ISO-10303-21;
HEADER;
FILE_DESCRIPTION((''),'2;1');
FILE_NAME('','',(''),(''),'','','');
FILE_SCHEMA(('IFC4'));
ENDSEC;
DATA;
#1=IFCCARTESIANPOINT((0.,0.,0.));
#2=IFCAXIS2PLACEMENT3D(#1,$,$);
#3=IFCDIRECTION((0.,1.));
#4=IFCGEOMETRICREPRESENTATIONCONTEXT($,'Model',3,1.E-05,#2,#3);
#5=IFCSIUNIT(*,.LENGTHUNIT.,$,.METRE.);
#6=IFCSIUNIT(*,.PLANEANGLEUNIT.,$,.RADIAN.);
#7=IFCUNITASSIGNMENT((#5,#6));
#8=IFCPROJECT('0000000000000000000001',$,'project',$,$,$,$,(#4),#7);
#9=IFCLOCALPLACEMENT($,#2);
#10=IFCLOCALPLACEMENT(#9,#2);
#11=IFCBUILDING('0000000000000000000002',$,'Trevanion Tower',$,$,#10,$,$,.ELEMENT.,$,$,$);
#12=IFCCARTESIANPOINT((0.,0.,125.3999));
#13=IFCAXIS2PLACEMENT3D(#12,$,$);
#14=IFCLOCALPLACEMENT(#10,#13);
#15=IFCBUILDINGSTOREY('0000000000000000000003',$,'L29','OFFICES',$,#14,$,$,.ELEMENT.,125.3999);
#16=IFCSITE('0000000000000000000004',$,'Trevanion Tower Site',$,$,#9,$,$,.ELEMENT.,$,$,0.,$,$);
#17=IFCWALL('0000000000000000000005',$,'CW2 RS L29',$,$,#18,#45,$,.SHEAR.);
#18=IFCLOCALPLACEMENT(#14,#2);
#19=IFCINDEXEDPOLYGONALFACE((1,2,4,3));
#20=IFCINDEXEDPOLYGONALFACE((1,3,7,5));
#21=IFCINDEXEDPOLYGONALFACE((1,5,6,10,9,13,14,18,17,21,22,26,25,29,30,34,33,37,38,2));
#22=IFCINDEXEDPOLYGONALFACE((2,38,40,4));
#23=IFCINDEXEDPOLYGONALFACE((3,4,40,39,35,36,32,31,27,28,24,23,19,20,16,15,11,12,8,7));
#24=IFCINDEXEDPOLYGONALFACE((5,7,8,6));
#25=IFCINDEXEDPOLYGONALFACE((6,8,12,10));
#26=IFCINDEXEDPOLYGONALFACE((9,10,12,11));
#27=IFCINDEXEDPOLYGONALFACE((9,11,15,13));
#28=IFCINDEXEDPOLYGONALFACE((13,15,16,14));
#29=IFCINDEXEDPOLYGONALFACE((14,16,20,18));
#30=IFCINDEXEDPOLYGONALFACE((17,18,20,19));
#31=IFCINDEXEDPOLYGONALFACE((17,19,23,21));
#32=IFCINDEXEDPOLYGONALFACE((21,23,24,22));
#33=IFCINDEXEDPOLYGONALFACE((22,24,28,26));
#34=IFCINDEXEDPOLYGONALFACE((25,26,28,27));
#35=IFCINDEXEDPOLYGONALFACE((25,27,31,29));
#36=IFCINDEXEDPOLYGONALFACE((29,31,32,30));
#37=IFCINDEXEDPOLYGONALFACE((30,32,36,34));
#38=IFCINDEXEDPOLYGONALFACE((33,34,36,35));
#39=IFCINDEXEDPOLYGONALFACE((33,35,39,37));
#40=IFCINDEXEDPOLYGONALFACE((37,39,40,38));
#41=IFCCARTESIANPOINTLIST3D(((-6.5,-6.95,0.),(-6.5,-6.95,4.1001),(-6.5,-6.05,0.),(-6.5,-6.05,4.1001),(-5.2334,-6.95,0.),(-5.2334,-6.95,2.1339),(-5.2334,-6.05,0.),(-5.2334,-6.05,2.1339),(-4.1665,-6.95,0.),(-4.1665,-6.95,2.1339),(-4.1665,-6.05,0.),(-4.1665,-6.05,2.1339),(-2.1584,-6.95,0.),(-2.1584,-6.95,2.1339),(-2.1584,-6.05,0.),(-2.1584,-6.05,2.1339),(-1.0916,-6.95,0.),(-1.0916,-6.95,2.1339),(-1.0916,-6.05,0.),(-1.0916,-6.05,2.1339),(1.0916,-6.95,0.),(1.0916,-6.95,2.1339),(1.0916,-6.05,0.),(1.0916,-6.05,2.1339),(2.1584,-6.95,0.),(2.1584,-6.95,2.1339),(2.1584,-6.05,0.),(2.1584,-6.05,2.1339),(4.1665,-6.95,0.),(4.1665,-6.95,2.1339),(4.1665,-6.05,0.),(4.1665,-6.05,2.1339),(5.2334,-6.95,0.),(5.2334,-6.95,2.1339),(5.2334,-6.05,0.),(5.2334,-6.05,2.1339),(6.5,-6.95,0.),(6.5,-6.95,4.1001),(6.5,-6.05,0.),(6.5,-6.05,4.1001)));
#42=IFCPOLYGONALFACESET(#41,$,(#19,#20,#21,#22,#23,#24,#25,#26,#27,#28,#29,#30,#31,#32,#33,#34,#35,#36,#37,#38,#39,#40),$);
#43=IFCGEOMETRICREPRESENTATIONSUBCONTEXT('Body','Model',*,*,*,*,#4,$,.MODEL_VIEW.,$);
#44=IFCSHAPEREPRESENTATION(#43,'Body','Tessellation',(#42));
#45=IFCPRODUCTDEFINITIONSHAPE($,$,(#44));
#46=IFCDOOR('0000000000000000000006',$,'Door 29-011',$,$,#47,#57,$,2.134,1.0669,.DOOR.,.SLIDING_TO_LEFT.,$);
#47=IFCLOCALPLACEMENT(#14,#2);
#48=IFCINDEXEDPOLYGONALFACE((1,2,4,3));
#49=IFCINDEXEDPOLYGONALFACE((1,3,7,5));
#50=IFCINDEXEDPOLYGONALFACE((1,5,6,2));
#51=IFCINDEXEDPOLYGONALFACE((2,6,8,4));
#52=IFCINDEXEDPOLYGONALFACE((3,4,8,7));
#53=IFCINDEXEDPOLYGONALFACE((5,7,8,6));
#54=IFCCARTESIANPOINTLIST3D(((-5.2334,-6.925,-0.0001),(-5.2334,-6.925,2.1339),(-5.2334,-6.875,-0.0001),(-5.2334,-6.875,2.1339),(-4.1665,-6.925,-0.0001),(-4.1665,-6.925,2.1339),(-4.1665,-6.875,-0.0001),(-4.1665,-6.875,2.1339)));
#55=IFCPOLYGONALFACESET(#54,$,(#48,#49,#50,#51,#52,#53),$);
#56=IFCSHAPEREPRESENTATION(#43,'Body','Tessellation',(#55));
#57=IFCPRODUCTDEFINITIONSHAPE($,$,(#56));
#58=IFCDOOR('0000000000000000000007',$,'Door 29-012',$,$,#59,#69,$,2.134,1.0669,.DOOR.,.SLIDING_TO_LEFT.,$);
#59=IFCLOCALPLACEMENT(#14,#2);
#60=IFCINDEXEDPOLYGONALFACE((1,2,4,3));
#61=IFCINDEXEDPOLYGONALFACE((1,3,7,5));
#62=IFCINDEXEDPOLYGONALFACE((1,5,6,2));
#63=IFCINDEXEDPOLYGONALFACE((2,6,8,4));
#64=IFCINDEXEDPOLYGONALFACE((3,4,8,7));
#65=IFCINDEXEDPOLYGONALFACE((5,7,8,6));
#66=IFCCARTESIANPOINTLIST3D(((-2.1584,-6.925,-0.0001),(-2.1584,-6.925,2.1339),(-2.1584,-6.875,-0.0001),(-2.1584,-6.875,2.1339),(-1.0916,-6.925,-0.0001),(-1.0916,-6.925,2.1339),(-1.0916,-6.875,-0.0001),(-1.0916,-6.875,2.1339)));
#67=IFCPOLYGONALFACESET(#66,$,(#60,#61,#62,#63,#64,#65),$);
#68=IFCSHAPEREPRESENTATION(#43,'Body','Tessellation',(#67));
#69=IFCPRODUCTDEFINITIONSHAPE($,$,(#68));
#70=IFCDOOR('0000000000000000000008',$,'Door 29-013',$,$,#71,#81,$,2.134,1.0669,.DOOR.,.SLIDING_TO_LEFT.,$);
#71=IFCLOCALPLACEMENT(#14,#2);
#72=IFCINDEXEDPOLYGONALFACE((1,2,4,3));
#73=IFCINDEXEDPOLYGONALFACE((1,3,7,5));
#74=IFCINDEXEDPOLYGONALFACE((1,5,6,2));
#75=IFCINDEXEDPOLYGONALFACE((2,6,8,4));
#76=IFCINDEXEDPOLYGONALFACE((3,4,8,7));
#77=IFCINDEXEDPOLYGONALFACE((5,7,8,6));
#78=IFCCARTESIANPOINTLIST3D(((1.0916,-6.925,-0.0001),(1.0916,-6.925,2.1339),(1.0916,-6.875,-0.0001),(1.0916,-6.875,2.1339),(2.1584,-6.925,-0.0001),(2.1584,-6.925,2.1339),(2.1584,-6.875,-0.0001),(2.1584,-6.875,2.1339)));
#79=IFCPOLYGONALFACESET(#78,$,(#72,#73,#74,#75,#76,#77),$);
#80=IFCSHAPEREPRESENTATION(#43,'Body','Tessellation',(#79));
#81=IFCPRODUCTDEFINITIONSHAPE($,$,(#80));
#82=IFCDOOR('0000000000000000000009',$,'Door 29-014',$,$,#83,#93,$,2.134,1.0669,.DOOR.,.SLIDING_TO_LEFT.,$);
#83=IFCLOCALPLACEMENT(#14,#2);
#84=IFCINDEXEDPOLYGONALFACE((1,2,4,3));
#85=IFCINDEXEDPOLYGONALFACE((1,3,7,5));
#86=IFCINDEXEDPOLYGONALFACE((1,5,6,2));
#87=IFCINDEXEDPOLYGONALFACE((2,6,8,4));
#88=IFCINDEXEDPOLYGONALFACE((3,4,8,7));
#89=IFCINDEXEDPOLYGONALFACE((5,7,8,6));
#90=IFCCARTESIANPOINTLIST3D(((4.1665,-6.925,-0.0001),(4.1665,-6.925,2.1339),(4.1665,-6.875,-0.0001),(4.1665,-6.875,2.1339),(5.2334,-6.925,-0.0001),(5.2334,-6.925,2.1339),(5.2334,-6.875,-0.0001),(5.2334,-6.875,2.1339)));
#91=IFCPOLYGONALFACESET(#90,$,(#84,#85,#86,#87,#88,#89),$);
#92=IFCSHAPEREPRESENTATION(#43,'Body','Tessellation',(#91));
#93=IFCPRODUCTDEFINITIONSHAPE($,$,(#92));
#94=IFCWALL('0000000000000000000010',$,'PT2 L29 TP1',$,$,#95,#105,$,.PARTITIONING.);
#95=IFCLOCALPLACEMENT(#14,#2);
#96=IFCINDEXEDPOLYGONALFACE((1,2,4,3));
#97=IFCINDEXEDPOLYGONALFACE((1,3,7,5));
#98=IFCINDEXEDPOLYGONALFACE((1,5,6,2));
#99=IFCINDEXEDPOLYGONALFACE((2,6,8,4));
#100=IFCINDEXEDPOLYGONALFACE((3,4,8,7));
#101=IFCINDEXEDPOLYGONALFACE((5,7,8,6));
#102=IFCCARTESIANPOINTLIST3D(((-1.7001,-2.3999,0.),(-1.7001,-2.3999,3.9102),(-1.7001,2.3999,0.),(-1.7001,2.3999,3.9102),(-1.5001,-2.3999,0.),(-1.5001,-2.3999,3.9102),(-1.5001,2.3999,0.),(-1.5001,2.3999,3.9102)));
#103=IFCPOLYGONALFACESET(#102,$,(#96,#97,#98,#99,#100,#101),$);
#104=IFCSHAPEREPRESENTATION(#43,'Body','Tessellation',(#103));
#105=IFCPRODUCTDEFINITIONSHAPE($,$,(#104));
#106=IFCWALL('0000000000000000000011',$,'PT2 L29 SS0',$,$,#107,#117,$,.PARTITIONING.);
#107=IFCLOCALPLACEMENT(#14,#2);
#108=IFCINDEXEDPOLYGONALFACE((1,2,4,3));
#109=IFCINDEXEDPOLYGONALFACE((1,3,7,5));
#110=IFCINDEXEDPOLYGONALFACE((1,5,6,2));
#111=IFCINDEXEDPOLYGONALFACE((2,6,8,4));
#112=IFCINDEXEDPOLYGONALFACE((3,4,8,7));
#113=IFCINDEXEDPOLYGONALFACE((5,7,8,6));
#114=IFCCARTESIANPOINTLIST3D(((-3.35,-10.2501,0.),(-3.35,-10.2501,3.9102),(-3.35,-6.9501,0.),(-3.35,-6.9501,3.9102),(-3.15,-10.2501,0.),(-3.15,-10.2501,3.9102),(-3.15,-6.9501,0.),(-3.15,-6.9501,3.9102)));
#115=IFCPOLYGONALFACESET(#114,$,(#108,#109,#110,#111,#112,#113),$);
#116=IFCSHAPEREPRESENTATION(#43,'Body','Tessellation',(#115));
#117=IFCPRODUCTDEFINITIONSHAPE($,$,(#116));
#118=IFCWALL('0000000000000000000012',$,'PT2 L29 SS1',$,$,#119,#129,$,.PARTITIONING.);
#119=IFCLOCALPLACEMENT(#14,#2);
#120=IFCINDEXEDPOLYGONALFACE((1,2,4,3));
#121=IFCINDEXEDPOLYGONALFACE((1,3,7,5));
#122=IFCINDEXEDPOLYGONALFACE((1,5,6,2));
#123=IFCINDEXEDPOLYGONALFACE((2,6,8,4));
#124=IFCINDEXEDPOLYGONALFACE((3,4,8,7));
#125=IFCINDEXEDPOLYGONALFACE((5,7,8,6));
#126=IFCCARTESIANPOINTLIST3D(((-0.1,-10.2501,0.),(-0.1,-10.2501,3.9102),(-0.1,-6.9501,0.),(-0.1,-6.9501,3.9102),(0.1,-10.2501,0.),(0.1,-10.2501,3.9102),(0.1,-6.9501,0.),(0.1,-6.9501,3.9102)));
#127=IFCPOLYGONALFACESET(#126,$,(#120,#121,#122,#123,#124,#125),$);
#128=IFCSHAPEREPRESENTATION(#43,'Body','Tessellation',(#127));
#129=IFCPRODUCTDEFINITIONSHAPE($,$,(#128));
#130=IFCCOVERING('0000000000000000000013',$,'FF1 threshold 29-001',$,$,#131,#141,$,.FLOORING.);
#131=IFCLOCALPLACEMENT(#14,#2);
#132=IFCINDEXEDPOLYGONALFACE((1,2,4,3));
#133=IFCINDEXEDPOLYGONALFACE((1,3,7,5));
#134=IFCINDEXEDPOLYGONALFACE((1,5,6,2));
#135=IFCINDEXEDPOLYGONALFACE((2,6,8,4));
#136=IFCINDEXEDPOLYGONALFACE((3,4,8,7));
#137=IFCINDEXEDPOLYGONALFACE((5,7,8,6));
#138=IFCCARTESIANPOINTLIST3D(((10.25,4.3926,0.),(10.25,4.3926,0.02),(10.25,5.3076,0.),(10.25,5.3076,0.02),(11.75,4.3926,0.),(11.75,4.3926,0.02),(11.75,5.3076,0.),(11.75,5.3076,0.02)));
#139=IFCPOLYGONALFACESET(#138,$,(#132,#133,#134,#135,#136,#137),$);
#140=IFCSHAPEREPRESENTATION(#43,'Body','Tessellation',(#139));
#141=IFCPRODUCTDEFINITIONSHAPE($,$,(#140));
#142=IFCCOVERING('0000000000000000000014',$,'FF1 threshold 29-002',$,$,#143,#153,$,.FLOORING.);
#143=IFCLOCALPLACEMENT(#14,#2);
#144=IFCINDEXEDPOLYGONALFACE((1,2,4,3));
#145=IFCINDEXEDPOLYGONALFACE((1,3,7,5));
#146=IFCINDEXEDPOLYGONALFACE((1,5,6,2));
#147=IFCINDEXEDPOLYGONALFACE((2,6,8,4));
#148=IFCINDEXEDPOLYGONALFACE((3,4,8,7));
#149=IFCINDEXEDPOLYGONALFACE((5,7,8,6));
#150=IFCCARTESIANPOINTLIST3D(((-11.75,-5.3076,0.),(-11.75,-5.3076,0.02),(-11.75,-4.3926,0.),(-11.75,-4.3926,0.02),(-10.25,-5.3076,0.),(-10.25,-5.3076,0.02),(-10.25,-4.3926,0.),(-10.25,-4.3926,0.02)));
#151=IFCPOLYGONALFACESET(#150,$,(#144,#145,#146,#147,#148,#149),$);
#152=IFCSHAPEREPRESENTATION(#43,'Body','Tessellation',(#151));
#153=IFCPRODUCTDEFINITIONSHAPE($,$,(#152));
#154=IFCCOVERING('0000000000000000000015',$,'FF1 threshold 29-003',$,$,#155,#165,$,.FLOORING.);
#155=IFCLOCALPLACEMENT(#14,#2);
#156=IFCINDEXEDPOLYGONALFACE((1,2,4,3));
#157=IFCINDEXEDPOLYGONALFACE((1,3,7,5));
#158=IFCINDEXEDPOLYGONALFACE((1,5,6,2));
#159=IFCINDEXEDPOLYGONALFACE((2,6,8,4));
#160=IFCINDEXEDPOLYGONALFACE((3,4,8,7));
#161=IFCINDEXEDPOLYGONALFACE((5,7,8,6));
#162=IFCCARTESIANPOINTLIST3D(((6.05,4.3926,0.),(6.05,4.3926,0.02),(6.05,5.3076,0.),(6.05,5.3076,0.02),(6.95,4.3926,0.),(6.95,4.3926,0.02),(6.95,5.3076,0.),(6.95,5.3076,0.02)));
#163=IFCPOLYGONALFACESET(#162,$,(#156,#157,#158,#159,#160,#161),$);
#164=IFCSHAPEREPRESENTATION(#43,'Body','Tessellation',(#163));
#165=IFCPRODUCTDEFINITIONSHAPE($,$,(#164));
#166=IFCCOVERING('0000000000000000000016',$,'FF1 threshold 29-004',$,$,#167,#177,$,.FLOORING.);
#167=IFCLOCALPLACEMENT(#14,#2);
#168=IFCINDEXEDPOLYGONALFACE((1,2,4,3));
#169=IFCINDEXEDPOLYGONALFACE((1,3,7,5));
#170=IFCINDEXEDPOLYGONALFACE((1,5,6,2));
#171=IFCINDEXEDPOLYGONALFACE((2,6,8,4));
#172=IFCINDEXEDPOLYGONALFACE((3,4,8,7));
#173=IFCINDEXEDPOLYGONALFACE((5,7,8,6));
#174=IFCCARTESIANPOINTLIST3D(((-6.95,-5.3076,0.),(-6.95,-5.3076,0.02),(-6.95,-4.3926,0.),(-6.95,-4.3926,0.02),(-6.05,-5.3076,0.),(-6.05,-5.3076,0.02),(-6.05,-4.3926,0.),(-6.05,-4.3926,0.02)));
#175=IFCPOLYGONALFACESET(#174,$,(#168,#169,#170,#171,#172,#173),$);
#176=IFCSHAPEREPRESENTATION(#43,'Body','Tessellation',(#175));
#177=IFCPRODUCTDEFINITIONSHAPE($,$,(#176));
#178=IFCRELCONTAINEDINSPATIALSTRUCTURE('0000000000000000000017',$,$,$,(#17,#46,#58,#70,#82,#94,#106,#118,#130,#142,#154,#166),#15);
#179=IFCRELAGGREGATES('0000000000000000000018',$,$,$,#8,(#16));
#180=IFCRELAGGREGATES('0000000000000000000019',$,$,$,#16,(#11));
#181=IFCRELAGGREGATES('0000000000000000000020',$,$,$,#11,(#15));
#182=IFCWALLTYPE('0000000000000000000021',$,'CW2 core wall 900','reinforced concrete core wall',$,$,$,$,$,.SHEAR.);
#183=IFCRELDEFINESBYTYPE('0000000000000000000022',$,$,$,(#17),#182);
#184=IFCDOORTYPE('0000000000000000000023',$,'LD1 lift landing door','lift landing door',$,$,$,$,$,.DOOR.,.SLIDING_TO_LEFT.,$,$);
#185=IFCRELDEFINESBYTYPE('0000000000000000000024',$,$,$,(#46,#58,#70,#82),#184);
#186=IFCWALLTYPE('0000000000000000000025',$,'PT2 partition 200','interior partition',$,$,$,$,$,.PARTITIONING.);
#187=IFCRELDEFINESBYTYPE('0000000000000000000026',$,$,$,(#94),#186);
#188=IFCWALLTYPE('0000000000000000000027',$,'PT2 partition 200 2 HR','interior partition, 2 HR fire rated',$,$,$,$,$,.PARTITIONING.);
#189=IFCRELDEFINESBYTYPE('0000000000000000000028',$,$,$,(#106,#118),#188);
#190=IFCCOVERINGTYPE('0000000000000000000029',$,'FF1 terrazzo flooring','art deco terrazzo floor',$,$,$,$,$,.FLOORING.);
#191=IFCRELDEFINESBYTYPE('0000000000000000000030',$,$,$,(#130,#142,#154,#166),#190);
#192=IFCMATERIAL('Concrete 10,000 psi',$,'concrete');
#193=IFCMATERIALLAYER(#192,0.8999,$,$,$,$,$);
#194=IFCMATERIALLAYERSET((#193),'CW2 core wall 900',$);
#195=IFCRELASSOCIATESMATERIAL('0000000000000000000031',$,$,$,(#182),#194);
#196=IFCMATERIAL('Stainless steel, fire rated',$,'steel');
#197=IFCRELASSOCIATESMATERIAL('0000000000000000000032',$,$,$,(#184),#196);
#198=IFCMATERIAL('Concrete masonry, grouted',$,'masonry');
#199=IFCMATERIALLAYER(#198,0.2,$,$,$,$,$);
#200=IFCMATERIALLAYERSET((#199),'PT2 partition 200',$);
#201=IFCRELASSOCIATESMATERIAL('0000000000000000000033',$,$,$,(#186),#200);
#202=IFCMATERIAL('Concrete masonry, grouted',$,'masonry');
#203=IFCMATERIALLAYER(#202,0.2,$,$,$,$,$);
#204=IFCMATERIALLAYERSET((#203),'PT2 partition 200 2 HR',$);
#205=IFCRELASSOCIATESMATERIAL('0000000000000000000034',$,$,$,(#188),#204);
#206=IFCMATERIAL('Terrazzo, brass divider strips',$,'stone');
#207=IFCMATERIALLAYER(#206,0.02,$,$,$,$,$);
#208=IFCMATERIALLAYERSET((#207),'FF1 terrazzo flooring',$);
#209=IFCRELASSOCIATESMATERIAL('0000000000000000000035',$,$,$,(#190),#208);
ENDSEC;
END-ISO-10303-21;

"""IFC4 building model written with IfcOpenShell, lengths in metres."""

from ifc_helpers import new_model, si_unit, direction, frame, frame_2d, origin, place, context, subcontext, project, spatial, polyline, rectangle, outline, extrude, material, layer, layer_set, type_object, element, fill, save


model = new_model("IFC4")

# Units and contexts
model_context = context("Model", 3, precision=1e-05, world=origin(), true_north=direction((0.0, 1.0)))
body_context = subcontext(model_context, "Body", "Model", "MODEL_VIEW")
ifc_project = project(units=[si_unit("LENGTHUNIT", "METRE"), si_unit("PLANEANGLEUNIT", "RADIAN")], contexts=[model_context])

# Site, building, storey
site_placement = place(None, origin())
site = spatial("IfcSite", under=ifc_project, at=site_placement, Name="Trevanion Tower Site", CompositionType="ELEMENT", RefElevation=0.0)
building_placement = place(site_placement, origin())
building = spatial("IfcBuilding", under=site, at=building_placement, Name="Trevanion Tower", CompositionType="ELEMENT")
storey_placement = place(building_placement, frame((0.0, 0.0, 125.3999)))
storey = spatial("IfcBuildingStorey", under=building, at=storey_placement, Name="L29", Description="OFFICES", CompositionType="ELEMENT", Elevation=125.3999)

# Wall, openings, doors
ifc_material_1 = material(Name="Concrete 10,000 psi", Category="concrete")
ifc_layer_1 = layer(ifc_material_1, 0.8999)
ifc_layer_set_1 = layer_set([ifc_layer_1], Name="CW2 core wall 900")
wall_type_1 = type_object("IfcWallType", Name="CW2 core wall 900", Description="reinforced concrete core wall", PredefinedType="SHEAR", material=ifc_layer_set_1)
wall_1_placement = place(storey_placement, frame((-6.5, -6.5, 0.0), z_axis=(0.0, 0.0, 1.0), x_axis=(1.0, 0.0, 0.0)))
wall_1 = element("IfcWall", 1, at=wall_1_placement, inside=storey, type_object=wall_type_1, Name="CW2 RS L29", PredefinedType="SHEAR", context=body_context, shape_type="SweptSolid", body=[
    extrude(rectangle(XDim=13.0, YDim=0.8999, at=frame_2d((6.5, 0.0))), origin(), (0.0, 0.0, 1.0), 4.1001),
])
opening_1_placement = place(wall_1_placement, frame((1.2666, 0.0, 0.0)))
opening_1 = element("IfcOpeningElement", 2, at=opening_1_placement, cuts=wall_1, PredefinedType="OPENING", context=body_context, shape_type="SweptSolid", body=[
    extrude(rectangle(XDim=1.0669, YDim=2.134, at=frame_2d((0.5334, 1.0669))), frame((0.0, 0.46, 0.0), z_axis=(0.0, -1.0, 0.0), x_axis=(1.0, 0.0, 0.0)), (0.0, 0.0, 1.0), 0.9199),
])
opening_2_placement = place(wall_1_placement, frame((4.3416, 0.0, 0.0)))
opening_2 = element("IfcOpeningElement", 3, at=opening_2_placement, cuts=wall_1, PredefinedType="OPENING", context=body_context, shape_type="SweptSolid", body=[
    extrude(rectangle(XDim=1.0669, YDim=2.134, at=frame_2d((0.5334, 1.0669))), frame((0.0, 0.46, 0.0), z_axis=(0.0, -1.0, 0.0), x_axis=(1.0, 0.0, 0.0)), (0.0, 0.0, 1.0), 0.9199),
])
opening_3_placement = place(wall_1_placement, frame((7.5916, 0.0, 0.0)))
opening_3 = element("IfcOpeningElement", 4, at=opening_3_placement, cuts=wall_1, PredefinedType="OPENING", context=body_context, shape_type="SweptSolid", body=[
    extrude(rectangle(XDim=1.0669, YDim=2.134, at=frame_2d((0.5334, 1.0669))), frame((0.0, 0.46, 0.0), z_axis=(0.0, -1.0, 0.0), x_axis=(1.0, 0.0, 0.0)), (0.0, 0.0, 1.0), 0.9199),
])
opening_4_placement = place(wall_1_placement, frame((10.6665, 0.0, 0.0)))
opening_4 = element("IfcOpeningElement", 5, at=opening_4_placement, cuts=wall_1, PredefinedType="OPENING", context=body_context, shape_type="SweptSolid", body=[
    extrude(rectangle(XDim=1.0669, YDim=2.134, at=frame_2d((0.5334, 1.0669))), frame((0.0, 0.46, 0.0), z_axis=(0.0, -1.0, 0.0), x_axis=(1.0, 0.0, 0.0)), (0.0, 0.0, 1.0), 0.9199),
])
ifc_material_2 = material(Name="Stainless steel, fire rated", Category="steel")
door_type = type_object("IfcDoorType", Name="LD1 lift landing door", Description="lift landing door", OperationType="SLIDING_TO_LEFT", PredefinedType="DOOR", material=ifc_material_2)
door_1_placement = place(opening_1_placement, origin())
door_1 = element("IfcDoor", 6, at=door_1_placement, inside=storey, type_object=door_type, Name="Door 29-011", OperationType="SLIDING_TO_LEFT", OverallHeight=2.134, OverallWidth=1.0669, PredefinedType="DOOR", context=body_context, shape_type="SweptSolid", body=[
    extrude(rectangle(XDim=1.0669, YDim=2.134, at=frame_2d((0.5334, 1.0669))), frame((0.0, -0.375, 0.0), z_axis=(0.0, -1.0, 0.0), x_axis=(1.0, 0.0, 0.0)), (0.0, 0.0, 1.0), 0.05),
])
fill(opening_1, door_1)
door_2_placement = place(opening_2_placement, origin())
door_2 = element("IfcDoor", 7, at=door_2_placement, inside=storey, type_object=door_type, Name="Door 29-012", OperationType="SLIDING_TO_LEFT", OverallHeight=2.134, OverallWidth=1.0669, PredefinedType="DOOR", context=body_context, shape_type="SweptSolid", body=[
    extrude(rectangle(XDim=1.0669, YDim=2.134, at=frame_2d((0.5334, 1.0669))), frame((0.0, -0.375, 0.0), z_axis=(0.0, -1.0, 0.0), x_axis=(1.0, 0.0, 0.0)), (0.0, 0.0, 1.0), 0.05),
])
fill(opening_2, door_2)
door_3_placement = place(opening_3_placement, origin())
door_3 = element("IfcDoor", 8, at=door_3_placement, inside=storey, type_object=door_type, Name="Door 29-013", OperationType="SLIDING_TO_LEFT", OverallHeight=2.134, OverallWidth=1.0669, PredefinedType="DOOR", context=body_context, shape_type="SweptSolid", body=[
    extrude(rectangle(XDim=1.0669, YDim=2.134, at=frame_2d((0.5334, 1.0669))), frame((0.0, -0.375, 0.0), z_axis=(0.0, -1.0, 0.0), x_axis=(1.0, 0.0, 0.0)), (0.0, 0.0, 1.0), 0.05),
])
fill(opening_3, door_3)
door_4_placement = place(opening_4_placement, origin())
door_4 = element("IfcDoor", 9, at=door_4_placement, inside=storey, type_object=door_type, Name="Door 29-014", OperationType="SLIDING_TO_LEFT", OverallHeight=2.134, OverallWidth=1.0669, PredefinedType="DOOR", context=body_context, shape_type="SweptSolid", body=[
    extrude(rectangle(XDim=1.0669, YDim=2.134, at=frame_2d((0.5334, 1.0669))), frame((0.0, -0.375, 0.0), z_axis=(0.0, -1.0, 0.0), x_axis=(1.0, 0.0, 0.0)), (0.0, 0.0, 1.0), 0.05),
])
fill(opening_4, door_4)

# Walls
ifc_material_3 = material(Name="Concrete masonry, grouted", Category="masonry")
ifc_layer_2 = layer(ifc_material_3, 0.2)
ifc_layer_set_2 = layer_set([ifc_layer_2], Name="PT2 partition 200")
wall_type_2 = type_object("IfcWallType", Name="PT2 partition 200", Description="interior partition", PredefinedType="PARTITIONING", material=ifc_layer_set_2)
wall_2_placement = place(storey_placement, frame((-1.6001, -2.3999, 0.0), z_axis=(0.0, 0.0, 1.0), x_axis=(0.0, 1.0, 0.0)))
element("IfcWall", 10, at=wall_2_placement, inside=storey, type_object=wall_type_2, Name="PT2 L29 TP1", PredefinedType="PARTITIONING", context=body_context, shape_type="SweptSolid", body=[
    extrude(rectangle(XDim=4.7998, YDim=0.2, at=frame_2d((2.3999, 0.0))), origin(), (0.0, 0.0, 1.0), 3.9102),
])
ifc_material_4 = material(Name="Concrete masonry, grouted", Category="masonry")
ifc_layer_3 = layer(ifc_material_4, 0.2)
ifc_layer_set_3 = layer_set([ifc_layer_3], Name="PT2 partition 200 2 HR")
wall_type_3 = type_object("IfcWallType", Name="PT2 partition 200 2 HR", Description="interior partition, 2 HR fire rated", PredefinedType="PARTITIONING", material=ifc_layer_set_3)
for number, where, z_axis, x_axis, name in (
    (11, (-3.25, -10.25, 0.0), (0.0, 0.0, 1.0), (0.0, 1.0, 0.0), "PT2 L29 SS0"),
    (12, (0.0, -10.25, 0.0), (0.0, 0.0, 1.0), (0.0, 1.0, 0.0), "PT2 L29 SS1"),
):
    element("IfcWall", number, at=place(storey_placement, frame(where, z_axis=z_axis, x_axis=x_axis)), inside=storey, type_object=wall_type_3, Name=name, PredefinedType="PARTITIONING", context=body_context, shape_type="SweptSolid", body=[
        extrude(rectangle(XDim=3.3, YDim=0.2, at=frame_2d((1.6499, 0.0))), origin(), (0.0, 0.0, 1.0), 3.9102),
    ])

# Coverings
ifc_material_5 = material(Name="Terrazzo, brass divider strips", Category="stone")
ifc_layer_4 = layer(ifc_material_5, 0.02)
ifc_layer_set_4 = layer_set([ifc_layer_4], Name="FF1 terrazzo flooring")
covering_type = type_object("IfcCoveringType", Name="FF1 terrazzo flooring", Description="art deco terrazzo floor", PredefinedType="FLOORING", material=ifc_layer_set_4)
covering_1_placement = place(storey_placement, origin())
element("IfcCovering", 13, at=covering_1_placement, inside=storey, type_object=covering_type, Name="FF1 threshold 29-001", PredefinedType="FLOORING", context=body_context, shape_type="SweptSolid", body=[
    extrude(outline(polyline([(11.75, 4.3926), (11.75, 5.3076), (10.25, 5.3076), (10.25, 4.3926), (11.75, 4.3926)])), origin(), (0.0, 0.0, 1.0), 0.02),
])
covering_2_placement = place(storey_placement, origin())
element("IfcCovering", 14, at=covering_2_placement, inside=storey, type_object=covering_type, Name="FF1 threshold 29-002", PredefinedType="FLOORING", context=body_context, shape_type="SweptSolid", body=[
    extrude(outline(polyline([(-11.75, -4.3926), (-11.75, -5.3076), (-10.25, -5.3076), (-10.25, -4.3926), (-11.75, -4.3926)])), origin(), (0.0, 0.0, 1.0), 0.02),
])
covering_3_placement = place(storey_placement, origin())
element("IfcCovering", 15, at=covering_3_placement, inside=storey, type_object=covering_type, Name="FF1 threshold 29-003", PredefinedType="FLOORING", context=body_context, shape_type="SweptSolid", body=[
    extrude(outline(polyline([(6.95, 4.3926), (6.95, 5.3076), (6.05, 5.3076), (6.05, 4.3926), (6.95, 4.3926)])), origin(), (0.0, 0.0, 1.0), 0.02),
])
covering_4_placement = place(storey_placement, origin())
element("IfcCovering", 16, at=covering_4_placement, inside=storey, type_object=covering_type, Name="FF1 threshold 29-004", PredefinedType="FLOORING", context=body_context, shape_type="SweptSolid", body=[
    extrude(outline(polyline([(-6.95, -4.3926), (-6.95, -5.3076), (-6.05, -5.3076), (-6.05, -4.3926), (-6.95, -4.3926)])), origin(), (0.0, 0.0, 1.0), 0.02),
])

save(model, "model.ifc")
